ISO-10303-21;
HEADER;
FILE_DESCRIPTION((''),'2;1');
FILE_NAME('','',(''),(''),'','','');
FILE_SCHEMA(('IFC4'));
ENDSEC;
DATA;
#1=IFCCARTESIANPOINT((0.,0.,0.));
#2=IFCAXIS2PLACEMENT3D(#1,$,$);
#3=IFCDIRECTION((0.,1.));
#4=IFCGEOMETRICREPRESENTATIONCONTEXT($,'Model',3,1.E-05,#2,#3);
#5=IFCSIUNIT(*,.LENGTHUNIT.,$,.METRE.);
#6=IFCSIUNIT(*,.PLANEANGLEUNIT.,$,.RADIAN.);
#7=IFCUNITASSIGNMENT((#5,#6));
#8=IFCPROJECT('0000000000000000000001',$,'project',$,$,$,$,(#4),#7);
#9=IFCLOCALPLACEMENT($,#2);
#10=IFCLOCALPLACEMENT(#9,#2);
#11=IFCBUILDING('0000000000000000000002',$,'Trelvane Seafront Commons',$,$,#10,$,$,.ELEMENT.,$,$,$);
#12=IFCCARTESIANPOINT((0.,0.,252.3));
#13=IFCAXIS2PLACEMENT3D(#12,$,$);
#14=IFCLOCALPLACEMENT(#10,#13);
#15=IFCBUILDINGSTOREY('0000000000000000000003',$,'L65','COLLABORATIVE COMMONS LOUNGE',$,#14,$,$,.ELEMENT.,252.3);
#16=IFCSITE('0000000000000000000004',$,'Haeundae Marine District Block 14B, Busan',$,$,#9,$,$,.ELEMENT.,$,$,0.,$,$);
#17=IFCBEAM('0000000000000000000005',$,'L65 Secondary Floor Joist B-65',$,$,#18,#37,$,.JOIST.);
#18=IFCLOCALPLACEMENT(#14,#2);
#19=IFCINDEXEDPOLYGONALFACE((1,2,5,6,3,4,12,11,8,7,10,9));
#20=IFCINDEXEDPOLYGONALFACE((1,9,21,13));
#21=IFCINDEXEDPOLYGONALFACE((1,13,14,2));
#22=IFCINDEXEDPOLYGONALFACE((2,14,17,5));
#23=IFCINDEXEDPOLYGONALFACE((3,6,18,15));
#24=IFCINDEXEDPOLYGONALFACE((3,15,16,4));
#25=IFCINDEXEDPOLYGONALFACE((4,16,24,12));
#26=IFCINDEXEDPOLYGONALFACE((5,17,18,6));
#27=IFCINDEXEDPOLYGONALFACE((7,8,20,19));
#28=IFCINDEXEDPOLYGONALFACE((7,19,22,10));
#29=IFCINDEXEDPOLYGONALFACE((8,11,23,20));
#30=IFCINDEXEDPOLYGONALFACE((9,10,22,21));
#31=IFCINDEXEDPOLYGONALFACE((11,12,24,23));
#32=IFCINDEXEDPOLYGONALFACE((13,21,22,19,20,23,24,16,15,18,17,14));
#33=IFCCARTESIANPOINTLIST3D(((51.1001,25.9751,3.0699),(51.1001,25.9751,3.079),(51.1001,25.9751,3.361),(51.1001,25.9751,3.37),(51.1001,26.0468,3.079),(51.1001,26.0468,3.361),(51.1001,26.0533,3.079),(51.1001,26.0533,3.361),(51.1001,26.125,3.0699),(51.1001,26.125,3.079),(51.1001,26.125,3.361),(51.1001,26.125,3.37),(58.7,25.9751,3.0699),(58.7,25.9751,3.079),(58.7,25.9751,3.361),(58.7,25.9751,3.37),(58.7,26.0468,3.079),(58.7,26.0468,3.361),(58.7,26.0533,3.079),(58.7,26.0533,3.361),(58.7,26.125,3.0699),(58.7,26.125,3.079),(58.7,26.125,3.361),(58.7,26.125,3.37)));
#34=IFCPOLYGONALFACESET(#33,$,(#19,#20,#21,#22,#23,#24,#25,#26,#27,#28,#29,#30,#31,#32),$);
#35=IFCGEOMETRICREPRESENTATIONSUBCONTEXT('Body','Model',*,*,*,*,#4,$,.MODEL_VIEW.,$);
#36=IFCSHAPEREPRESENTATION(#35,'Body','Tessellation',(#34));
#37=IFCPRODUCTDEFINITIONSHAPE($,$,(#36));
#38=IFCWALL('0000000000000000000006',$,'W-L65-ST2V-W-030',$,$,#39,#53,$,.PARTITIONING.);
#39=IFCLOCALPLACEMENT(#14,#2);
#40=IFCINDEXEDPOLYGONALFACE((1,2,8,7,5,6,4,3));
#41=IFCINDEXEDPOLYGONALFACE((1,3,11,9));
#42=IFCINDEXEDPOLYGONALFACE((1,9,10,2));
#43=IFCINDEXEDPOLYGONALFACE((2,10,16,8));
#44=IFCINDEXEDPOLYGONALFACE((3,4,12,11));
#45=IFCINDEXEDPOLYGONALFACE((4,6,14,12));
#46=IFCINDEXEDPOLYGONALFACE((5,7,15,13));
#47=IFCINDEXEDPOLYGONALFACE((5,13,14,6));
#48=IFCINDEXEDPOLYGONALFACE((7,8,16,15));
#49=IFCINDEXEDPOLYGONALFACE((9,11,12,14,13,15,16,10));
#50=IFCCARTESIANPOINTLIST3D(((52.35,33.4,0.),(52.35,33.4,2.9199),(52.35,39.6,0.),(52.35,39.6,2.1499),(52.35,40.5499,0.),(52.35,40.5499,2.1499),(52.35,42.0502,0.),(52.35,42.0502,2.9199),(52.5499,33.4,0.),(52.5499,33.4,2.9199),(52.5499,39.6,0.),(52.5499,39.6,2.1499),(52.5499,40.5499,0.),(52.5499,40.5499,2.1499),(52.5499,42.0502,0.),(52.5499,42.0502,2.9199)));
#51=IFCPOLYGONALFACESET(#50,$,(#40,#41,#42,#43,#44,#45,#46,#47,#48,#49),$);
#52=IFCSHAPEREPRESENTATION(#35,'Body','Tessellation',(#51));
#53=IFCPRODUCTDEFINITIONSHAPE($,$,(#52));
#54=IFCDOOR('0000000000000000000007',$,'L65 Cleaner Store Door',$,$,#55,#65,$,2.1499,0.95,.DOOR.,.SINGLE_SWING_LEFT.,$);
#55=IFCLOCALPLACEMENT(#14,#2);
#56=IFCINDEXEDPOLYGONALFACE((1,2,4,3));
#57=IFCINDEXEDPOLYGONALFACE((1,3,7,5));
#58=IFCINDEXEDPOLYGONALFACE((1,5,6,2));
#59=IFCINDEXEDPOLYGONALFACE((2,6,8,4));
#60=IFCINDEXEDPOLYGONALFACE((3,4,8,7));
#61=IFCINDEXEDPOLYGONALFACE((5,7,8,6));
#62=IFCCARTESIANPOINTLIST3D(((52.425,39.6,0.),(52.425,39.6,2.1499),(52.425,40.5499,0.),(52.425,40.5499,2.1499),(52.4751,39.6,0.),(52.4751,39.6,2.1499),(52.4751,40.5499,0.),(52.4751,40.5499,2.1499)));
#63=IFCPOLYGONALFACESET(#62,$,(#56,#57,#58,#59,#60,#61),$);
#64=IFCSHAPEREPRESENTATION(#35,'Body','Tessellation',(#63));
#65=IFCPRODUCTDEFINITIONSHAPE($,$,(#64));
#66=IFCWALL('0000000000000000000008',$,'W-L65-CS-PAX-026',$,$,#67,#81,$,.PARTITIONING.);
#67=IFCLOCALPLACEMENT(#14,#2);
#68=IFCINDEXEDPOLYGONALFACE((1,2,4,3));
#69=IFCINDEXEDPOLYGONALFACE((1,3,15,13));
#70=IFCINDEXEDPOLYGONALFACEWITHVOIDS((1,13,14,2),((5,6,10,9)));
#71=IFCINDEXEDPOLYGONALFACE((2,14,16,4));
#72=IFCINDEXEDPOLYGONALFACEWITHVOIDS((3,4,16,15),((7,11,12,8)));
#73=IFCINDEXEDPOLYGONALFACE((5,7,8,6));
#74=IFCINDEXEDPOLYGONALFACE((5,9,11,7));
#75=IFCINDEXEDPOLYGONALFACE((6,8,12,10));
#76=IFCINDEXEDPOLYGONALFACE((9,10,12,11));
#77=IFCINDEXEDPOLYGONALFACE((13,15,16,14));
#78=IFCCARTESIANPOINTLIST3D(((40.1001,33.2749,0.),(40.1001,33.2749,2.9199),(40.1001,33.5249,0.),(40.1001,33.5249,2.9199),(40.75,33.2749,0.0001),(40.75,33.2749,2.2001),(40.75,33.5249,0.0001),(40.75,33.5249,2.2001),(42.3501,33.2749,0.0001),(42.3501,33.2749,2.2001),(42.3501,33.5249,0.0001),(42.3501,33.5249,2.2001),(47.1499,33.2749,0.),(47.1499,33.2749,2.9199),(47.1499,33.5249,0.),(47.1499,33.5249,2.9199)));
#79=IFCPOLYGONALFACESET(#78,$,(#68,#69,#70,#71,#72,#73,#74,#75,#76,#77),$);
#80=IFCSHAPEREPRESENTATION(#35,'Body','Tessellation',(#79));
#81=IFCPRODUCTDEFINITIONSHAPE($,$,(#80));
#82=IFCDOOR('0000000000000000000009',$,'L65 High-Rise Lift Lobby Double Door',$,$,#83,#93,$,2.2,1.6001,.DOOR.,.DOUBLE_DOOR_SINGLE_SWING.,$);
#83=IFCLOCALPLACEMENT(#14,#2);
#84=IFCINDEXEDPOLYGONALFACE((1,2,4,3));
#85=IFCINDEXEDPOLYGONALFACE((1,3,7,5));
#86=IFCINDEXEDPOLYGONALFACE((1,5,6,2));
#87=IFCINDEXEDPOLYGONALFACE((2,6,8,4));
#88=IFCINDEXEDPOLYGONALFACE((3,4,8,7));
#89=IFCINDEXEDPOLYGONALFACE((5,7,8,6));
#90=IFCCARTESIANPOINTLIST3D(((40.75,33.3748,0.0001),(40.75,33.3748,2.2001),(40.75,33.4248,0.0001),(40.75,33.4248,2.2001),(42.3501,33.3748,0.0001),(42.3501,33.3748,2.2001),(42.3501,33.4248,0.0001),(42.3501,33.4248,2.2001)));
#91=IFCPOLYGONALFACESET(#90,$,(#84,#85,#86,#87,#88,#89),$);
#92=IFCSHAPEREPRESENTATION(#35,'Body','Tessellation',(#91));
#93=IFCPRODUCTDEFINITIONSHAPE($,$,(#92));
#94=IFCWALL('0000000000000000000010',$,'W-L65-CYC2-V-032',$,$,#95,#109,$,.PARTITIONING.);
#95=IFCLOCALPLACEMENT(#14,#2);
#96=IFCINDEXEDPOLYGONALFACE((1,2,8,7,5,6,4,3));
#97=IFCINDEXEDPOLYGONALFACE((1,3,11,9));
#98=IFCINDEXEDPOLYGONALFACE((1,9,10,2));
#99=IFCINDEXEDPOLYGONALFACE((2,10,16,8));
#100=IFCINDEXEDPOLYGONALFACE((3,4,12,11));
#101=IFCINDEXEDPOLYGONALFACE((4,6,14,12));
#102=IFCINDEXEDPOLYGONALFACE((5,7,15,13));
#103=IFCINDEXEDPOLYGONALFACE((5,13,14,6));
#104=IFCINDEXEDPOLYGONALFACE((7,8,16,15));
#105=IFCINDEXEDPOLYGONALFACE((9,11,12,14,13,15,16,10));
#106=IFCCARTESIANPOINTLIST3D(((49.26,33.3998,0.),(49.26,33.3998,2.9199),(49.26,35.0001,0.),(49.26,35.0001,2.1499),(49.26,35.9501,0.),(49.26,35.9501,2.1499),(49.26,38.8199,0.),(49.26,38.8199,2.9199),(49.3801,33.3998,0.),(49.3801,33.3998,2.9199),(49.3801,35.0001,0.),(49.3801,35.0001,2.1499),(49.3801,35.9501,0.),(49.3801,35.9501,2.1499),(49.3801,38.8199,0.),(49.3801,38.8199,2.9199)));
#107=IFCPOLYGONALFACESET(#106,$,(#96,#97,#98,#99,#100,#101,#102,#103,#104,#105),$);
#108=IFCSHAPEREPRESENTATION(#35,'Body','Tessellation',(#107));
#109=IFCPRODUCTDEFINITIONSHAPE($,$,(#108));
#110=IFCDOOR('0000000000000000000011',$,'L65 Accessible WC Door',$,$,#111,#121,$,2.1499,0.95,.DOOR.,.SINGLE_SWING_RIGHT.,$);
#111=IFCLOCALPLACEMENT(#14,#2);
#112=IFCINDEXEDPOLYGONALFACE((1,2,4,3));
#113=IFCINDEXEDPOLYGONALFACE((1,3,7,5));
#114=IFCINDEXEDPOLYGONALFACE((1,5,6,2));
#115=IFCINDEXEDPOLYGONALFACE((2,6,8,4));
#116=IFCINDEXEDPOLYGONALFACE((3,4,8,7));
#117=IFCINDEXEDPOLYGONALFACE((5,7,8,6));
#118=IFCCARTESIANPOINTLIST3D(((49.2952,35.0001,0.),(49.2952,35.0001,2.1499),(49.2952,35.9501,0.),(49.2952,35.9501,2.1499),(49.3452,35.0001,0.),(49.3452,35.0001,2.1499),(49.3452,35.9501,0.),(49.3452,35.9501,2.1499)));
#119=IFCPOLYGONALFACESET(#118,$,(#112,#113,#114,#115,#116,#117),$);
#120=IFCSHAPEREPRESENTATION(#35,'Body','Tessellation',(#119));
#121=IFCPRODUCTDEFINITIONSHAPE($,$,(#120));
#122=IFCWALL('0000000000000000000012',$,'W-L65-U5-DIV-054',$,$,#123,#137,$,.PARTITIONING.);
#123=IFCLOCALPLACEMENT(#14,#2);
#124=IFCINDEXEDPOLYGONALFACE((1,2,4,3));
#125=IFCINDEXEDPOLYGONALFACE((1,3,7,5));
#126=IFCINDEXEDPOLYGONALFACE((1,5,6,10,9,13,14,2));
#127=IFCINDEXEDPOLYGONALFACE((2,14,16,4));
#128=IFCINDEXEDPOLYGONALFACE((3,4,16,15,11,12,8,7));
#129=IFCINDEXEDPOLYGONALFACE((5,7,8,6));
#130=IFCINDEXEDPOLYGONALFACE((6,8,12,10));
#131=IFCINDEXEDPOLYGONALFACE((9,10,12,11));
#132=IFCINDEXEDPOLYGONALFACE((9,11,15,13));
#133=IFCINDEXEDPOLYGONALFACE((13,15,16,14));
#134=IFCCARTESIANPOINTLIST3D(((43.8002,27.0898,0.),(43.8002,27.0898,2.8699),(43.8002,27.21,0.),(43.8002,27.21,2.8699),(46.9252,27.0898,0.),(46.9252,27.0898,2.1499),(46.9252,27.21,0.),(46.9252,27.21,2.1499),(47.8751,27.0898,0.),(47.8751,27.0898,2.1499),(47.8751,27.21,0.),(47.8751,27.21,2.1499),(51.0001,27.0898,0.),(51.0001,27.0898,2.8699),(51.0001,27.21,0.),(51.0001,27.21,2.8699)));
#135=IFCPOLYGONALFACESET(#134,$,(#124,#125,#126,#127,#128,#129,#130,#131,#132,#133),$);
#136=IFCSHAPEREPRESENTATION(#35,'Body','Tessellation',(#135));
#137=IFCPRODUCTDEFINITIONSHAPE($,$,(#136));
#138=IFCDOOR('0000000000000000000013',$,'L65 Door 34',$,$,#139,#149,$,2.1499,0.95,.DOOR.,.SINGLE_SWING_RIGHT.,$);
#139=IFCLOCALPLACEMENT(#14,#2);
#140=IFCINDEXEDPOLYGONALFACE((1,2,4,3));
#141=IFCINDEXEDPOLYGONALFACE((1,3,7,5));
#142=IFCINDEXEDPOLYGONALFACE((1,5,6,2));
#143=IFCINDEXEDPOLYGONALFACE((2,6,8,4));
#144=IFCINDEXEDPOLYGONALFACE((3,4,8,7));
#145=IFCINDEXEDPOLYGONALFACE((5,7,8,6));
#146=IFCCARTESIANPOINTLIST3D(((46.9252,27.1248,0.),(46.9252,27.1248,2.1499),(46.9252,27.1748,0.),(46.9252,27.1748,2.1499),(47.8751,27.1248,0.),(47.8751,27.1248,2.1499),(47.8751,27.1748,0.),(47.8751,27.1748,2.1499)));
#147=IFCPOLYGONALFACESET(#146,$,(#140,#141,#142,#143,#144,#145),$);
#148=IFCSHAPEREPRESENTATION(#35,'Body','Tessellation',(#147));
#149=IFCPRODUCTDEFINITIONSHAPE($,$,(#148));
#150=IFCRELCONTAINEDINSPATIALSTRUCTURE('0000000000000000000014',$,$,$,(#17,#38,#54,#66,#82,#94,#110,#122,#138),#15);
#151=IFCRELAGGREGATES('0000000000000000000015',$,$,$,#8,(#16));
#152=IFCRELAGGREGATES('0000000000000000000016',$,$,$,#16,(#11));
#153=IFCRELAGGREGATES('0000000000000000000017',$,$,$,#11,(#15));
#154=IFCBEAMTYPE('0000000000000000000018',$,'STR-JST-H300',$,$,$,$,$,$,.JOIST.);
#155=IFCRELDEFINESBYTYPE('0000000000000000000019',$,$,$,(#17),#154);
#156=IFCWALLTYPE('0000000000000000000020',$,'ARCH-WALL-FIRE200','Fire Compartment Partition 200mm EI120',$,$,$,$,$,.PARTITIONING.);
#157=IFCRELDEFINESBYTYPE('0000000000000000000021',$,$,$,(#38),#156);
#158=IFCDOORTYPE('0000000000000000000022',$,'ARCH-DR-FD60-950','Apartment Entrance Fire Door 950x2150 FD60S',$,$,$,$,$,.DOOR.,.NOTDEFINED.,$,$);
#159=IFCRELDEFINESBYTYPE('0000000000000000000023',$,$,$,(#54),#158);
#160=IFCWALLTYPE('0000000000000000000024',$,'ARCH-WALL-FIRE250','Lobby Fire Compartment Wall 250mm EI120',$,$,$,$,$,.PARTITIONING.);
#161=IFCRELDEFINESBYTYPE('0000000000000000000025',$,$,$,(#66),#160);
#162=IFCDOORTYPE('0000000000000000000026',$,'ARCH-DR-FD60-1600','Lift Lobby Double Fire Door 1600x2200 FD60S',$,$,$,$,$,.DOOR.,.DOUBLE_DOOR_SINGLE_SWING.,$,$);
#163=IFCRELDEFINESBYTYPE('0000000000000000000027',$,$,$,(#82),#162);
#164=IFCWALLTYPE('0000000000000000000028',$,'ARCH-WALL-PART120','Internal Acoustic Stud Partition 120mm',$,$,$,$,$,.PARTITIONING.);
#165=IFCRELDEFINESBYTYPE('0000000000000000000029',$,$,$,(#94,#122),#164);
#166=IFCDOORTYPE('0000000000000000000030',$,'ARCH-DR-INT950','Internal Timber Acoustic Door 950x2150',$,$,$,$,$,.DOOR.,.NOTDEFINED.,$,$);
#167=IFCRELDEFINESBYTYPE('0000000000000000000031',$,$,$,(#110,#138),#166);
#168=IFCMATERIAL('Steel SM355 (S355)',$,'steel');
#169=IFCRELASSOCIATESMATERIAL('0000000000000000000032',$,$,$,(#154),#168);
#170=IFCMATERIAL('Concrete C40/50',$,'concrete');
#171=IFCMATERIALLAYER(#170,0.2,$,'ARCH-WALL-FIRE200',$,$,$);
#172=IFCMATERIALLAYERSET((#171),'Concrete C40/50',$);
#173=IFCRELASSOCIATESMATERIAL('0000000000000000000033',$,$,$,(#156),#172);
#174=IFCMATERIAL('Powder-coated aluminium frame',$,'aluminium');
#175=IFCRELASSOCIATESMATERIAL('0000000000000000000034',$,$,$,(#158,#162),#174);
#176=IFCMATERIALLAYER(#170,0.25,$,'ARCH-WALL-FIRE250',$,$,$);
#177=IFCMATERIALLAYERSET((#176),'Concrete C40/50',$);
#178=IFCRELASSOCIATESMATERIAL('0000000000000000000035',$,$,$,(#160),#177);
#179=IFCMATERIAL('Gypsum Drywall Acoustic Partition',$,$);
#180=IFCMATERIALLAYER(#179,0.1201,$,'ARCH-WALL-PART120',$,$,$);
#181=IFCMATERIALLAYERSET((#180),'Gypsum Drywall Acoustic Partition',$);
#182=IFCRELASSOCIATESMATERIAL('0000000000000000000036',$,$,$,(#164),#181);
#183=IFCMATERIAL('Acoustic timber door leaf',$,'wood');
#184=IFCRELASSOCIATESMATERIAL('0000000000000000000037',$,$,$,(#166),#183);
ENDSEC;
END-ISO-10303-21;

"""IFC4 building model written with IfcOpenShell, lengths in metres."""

from ifc_helpers import new_model, si_unit, direction, frame, frame_2d, origin, origin_2d, place, context, subcontext, project, spatial, rectangle, i_section, extrude, source, transform, mapped, material, layer, layer_set, material_profile, profile_set, type_object, element, fill, save


model = new_model("IFC4")

# Units and contexts
model_context = context("Model", 3, precision=1e-05, world=origin(), true_north=direction((0.0, 1.0)))
body_context = subcontext(model_context, "Body", "Model", "MODEL_VIEW")
ifc_project = project(units=[si_unit("LENGTHUNIT", "METRE"), si_unit("PLANEANGLEUNIT", "RADIAN")], contexts=[model_context])

# Site, building, storey
site_placement = place(None, origin())
site = spatial("IfcSite", under=ifc_project, at=site_placement, Name="Haeundae Marine District Block 14B, Busan", CompositionType="ELEMENT", RefElevation=0.0)
building_placement = place(site_placement, origin())
building = spatial("IfcBuilding", under=site, at=building_placement, Name="Trelvane Seafront Commons", CompositionType="ELEMENT")
storey_placement = place(building_placement, frame((0.0, 0.0, 252.3)))
storey = spatial("IfcBuildingStorey", under=building, at=storey_placement, Name="L65", Description="COLLABORATIVE COMMONS LOUNGE", CompositionType="ELEMENT", Elevation=252.3)

# Beam
ifc_material_1 = material(Name="Steel SM355 (S355)", Category="steel")
ifc_material_profile_1 = material_profile(ifc_material_1, i_section(OverallWidth=0.1499, OverallDepth=0.3, WebThickness=0.0066, FlangeThickness=0.009, at=origin_2d()), Name="H-300x150x6.5x9")
ifc_profile_set_1 = profile_set([ifc_material_profile_1], Name="Steel SM355 (S355)")
beam_type_1 = type_object("IfcBeamType", Name="STR-JST-H300", PredefinedType="JOIST", material=ifc_profile_set_1)
shared_shape_1 = source(origin(), body_context, "Body", "SweptSolid", [
    extrude(i_section(OverallWidth=0.1499, OverallDepth=0.3, WebThickness=0.0066, FlangeThickness=0.009, at=origin_2d()), origin(), (0.0, 0.0, 1.0), 7.5999),
])
beam_1_placement = place(storey_placement, frame((51.1001, 26.05, 3.22), z_axis=(1.0, 0.0, 0.0), x_axis=(0.0, 1.0, 0.0)))
element("IfcBeam", 1, at=beam_1_placement, inside=storey, type_object=beam_type_1, Name="L65 Secondary Floor Joist B-65", PredefinedType="JOIST", context=body_context, shape_type="MappedRepresentation", body=[
    mapped(shared_shape_1, transform((0.0, 0.0, 0.0), x_axis=(1.0, 0.0, 0.0), y_axis=(0.0, 1.0, 0.0), z_axis=(0.0, 0.0, 1.0), scale=1.0)),
])

# Walls, openings, doors
ifc_material_2 = material(Name="Concrete C40/50", Category="concrete")
ifc_layer_1 = layer(ifc_material_2, 0.2, Name="ARCH-WALL-FIRE200")
ifc_layer_set_1 = layer_set([ifc_layer_1], Name="Concrete C40/50")
wall_type_1 = type_object("IfcWallType", Name="ARCH-WALL-FIRE200", Description="Fire Compartment Partition 200mm EI120", PredefinedType="PARTITIONING", material=ifc_layer_set_1)
wall_1_placement = place(storey_placement, frame((52.45, 33.3999, 0.0), z_axis=(0.0, 0.0, 1.0), x_axis=(0.0, 1.0, 0.0)))
wall_1 = element("IfcWall", 2, at=wall_1_placement, inside=storey, type_object=wall_type_1, Name="W-L65-ST2V-W-030", PredefinedType="PARTITIONING", context=body_context, shape_type="SweptSolid", body=[
    extrude(rectangle(XDim=8.6501, YDim=0.2, at=frame_2d((4.3252, 0.0))), origin(), (0.0, 0.0, 1.0), 2.9199),
])
opening_1_placement = place(wall_1_placement, frame((6.2, 0.0, 0.0)))
opening_1 = element("IfcOpeningElement", 3, at=opening_1_placement, cuts=wall_1, PredefinedType="OPENING", context=body_context, shape_type="SweptSolid", body=[
    extrude(rectangle(XDim=0.95, YDim=2.1499, at=frame_2d((0.4751, 1.075))), frame((0.0, 0.1099, 0.0), z_axis=(0.0, -1.0, 0.0), x_axis=(1.0, 0.0, 0.0)), (0.0, 0.0, 1.0), 0.22),
])
ifc_material_3 = material(Name="Powder-coated aluminium frame", Category="aluminium")
door_type_1 = type_object("IfcDoorType", Name="ARCH-DR-FD60-950", Description="Apartment Entrance Fire Door 950x2150 FD60S", OperationType="NOTDEFINED", PredefinedType="DOOR", material=ifc_material_3)
shared_shape_2 = source(origin(), body_context, "Body", "SweptSolid", [
    extrude(rectangle(XDim=0.95, YDim=2.1499, at=frame_2d((0.4751, 1.075))), frame((0.0, 0.0249, 0.0), z_axis=(0.0, -1.0, 0.0), x_axis=(1.0, 0.0, 0.0)), (0.0, 0.0, 1.0), 0.05),
])
door_1_placement = place(opening_1_placement, origin())
door_1 = element("IfcDoor", 4, at=door_1_placement, inside=storey, type_object=door_type_1, Name="L65 Cleaner Store Door", OperationType="SINGLE_SWING_LEFT", OverallHeight=2.1499, OverallWidth=0.95, PredefinedType="DOOR", context=body_context, shape_type="MappedRepresentation", body=[
    mapped(shared_shape_2, transform((0.0, 0.0, 0.0), x_axis=(1.0, 0.0, 0.0), y_axis=(0.0, 1.0, 0.0), z_axis=(0.0, 0.0, 1.0), scale=1.0)),
])
fill(opening_1, door_1)
ifc_layer_2 = layer(ifc_material_2, 0.25, Name="ARCH-WALL-FIRE250")
ifc_layer_set_2 = layer_set([ifc_layer_2], Name="Concrete C40/50")
wall_type_2 = type_object("IfcWallType", Name="ARCH-WALL-FIRE250", Description="Lobby Fire Compartment Wall 250mm EI120", PredefinedType="PARTITIONING", material=ifc_layer_set_2)
wall_2_placement = place(storey_placement, frame((40.1001, 33.3999, 0.0), z_axis=(0.0, 0.0, 1.0), x_axis=(1.0, 0.0, 0.0)))
wall_2 = element("IfcWall", 5, at=wall_2_placement, inside=storey, type_object=wall_type_2, Name="W-L65-CS-PAX-026", PredefinedType="PARTITIONING", context=body_context, shape_type="SweptSolid", body=[
    extrude(rectangle(XDim=7.0498, YDim=0.25, at=frame_2d((3.5249, 0.0))), origin(), (0.0, 0.0, 1.0), 2.9199),
])
opening_2_placement = place(wall_2_placement, frame((0.6499, 0.0, 0.0)))
opening_2 = element("IfcOpeningElement", 6, at=opening_2_placement, cuts=wall_2, PredefinedType="OPENING", context=body_context, shape_type="SweptSolid", body=[
    extrude(rectangle(XDim=1.6001, YDim=2.2, at=frame_2d((0.8, 1.1001))), frame((0.0, 0.135, 0.0), z_axis=(0.0, -1.0, 0.0), x_axis=(1.0, 0.0, 0.0)), (0.0, 0.0, 1.0), 0.27),
])
door_type_2 = type_object("IfcDoorType", Name="ARCH-DR-FD60-1600", Description="Lift Lobby Double Fire Door 1600x2200 FD60S", OperationType="DOUBLE_DOOR_SINGLE_SWING", PredefinedType="DOOR", material=ifc_material_3)
shared_shape_3 = source(origin(), body_context, "Body", "SweptSolid", [
    extrude(rectangle(XDim=1.6001, YDim=2.2, at=frame_2d((0.8, 1.1001))), frame((0.0, 0.0249, 0.0), z_axis=(0.0, -1.0, 0.0), x_axis=(1.0, 0.0, 0.0)), (0.0, 0.0, 1.0), 0.05),
])
door_2_placement = place(opening_2_placement, origin())
door_2 = element("IfcDoor", 7, at=door_2_placement, inside=storey, type_object=door_type_2, Name="L65 High-Rise Lift Lobby Double Door", OperationType="DOUBLE_DOOR_SINGLE_SWING", OverallHeight=2.2, OverallWidth=1.6001, PredefinedType="DOOR", context=body_context, shape_type="MappedRepresentation", body=[
    mapped(shared_shape_3, transform((0.0, 0.0, 0.0), x_axis=(1.0, 0.0, 0.0), y_axis=(0.0, 1.0, 0.0), z_axis=(0.0, 0.0, 1.0), scale=1.0)),
])
fill(opening_2, door_2)

# Walls, openings, doors
ifc_material_4 = material(Name="Gypsum Drywall Acoustic Partition")
ifc_layer_3 = layer(ifc_material_4, 0.1201, Name="ARCH-WALL-PART120")
ifc_layer_set_3 = layer_set([ifc_layer_3], Name="Gypsum Drywall Acoustic Partition")
wall_type_3 = type_object("IfcWallType", Name="ARCH-WALL-PART120", Description="Internal Acoustic Stud Partition 120mm", PredefinedType="PARTITIONING", material=ifc_layer_set_3)
wall_3_placement = place(storey_placement, frame((49.3201, 33.3999, 0.0), z_axis=(0.0, 0.0, 1.0), x_axis=(0.0, 1.0, 0.0)))
wall_3 = element("IfcWall", 8, at=wall_3_placement, inside=storey, type_object=wall_type_3, Name="W-L65-CYC2-V-032", PredefinedType="PARTITIONING", context=body_context, shape_type="SweptSolid", body=[
    extrude(rectangle(XDim=5.4202, YDim=0.1201, at=frame_2d((2.71, 0.0))), origin(), (0.0, 0.0, 1.0), 2.9199),
])
opening_3_placement = place(wall_3_placement, frame((1.6001, 0.0, 0.0)))
opening_3 = element("IfcOpeningElement", 9, at=opening_3_placement, cuts=wall_3, PredefinedType="OPENING", context=body_context, shape_type="SweptSolid", body=[
    extrude(rectangle(XDim=0.95, YDim=2.1499, at=frame_2d((0.4751, 1.075))), frame((0.0, 0.0701, 0.0), z_axis=(0.0, -1.0, 0.0), x_axis=(1.0, 0.0, 0.0)), (0.0, 0.0, 1.0), 0.1401),
])
ifc_material_5 = material(Name="Acoustic timber door leaf", Category="wood")
door_type_3 = type_object("IfcDoorType", Name="ARCH-DR-INT950", Description="Internal Timber Acoustic Door 950x2150", OperationType="NOTDEFINED", PredefinedType="DOOR", material=ifc_material_5)
door_3_placement = place(opening_3_placement, origin())
door_3 = element("IfcDoor", 10, at=door_3_placement, inside=storey, type_object=door_type_3, Name="L65 Accessible WC Door", OperationType="SINGLE_SWING_RIGHT", OverallHeight=2.1499, OverallWidth=0.95, PredefinedType="DOOR", context=body_context, shape_type="MappedRepresentation", body=[
    mapped(shared_shape_2, transform((0.0, 0.0, 0.0), x_axis=(1.0, 0.0, 0.0), y_axis=(0.0, 1.0, 0.0), z_axis=(0.0, 0.0, 1.0), scale=1.0)),
])
fill(opening_3, door_3)
wall_4_placement = place(storey_placement, frame((43.8, 27.1499, 0.0), z_axis=(0.0, 0.0, 1.0), x_axis=(1.0, 0.0, 0.0)))
wall_4 = element("IfcWall", 11, at=wall_4_placement, inside=storey, type_object=wall_type_3, Name="W-L65-U5-DIV-054", PredefinedType="PARTITIONING", context=body_context, shape_type="SweptSolid", body=[
    extrude(rectangle(XDim=7.2, YDim=0.1201, at=frame_2d((3.6001, 0.0))), origin(), (0.0, 0.0, 1.0), 2.8699),
])
opening_4_placement = place(wall_4_placement, frame((3.125, 0.0, 0.0)))
opening_4 = element("IfcOpeningElement", 12, at=opening_4_placement, cuts=wall_4, PredefinedType="OPENING", context=body_context, shape_type="SweptSolid", body=[
    extrude(rectangle(XDim=0.95, YDim=2.1499, at=frame_2d((0.4751, 1.075))), frame((0.0, 0.0701, 0.0), z_axis=(0.0, -1.0, 0.0), x_axis=(1.0, 0.0, 0.0)), (0.0, 0.0, 1.0), 0.1401),
])
door_4_placement = place(opening_4_placement, origin())
door_4 = element("IfcDoor", 13, at=door_4_placement, inside=storey, type_object=door_type_3, Name="L65 Door 34", OperationType="SINGLE_SWING_RIGHT", OverallHeight=2.1499, OverallWidth=0.95, PredefinedType="DOOR", context=body_context, shape_type="MappedRepresentation", body=[
    mapped(shared_shape_2, transform((0.0, 0.0, 0.0), x_axis=(1.0, 0.0, 0.0), y_axis=(0.0, 1.0, 0.0), z_axis=(0.0, 0.0, 1.0), scale=1.0)),
])
fill(opening_4, door_4)

save(model, "model.ifc")
